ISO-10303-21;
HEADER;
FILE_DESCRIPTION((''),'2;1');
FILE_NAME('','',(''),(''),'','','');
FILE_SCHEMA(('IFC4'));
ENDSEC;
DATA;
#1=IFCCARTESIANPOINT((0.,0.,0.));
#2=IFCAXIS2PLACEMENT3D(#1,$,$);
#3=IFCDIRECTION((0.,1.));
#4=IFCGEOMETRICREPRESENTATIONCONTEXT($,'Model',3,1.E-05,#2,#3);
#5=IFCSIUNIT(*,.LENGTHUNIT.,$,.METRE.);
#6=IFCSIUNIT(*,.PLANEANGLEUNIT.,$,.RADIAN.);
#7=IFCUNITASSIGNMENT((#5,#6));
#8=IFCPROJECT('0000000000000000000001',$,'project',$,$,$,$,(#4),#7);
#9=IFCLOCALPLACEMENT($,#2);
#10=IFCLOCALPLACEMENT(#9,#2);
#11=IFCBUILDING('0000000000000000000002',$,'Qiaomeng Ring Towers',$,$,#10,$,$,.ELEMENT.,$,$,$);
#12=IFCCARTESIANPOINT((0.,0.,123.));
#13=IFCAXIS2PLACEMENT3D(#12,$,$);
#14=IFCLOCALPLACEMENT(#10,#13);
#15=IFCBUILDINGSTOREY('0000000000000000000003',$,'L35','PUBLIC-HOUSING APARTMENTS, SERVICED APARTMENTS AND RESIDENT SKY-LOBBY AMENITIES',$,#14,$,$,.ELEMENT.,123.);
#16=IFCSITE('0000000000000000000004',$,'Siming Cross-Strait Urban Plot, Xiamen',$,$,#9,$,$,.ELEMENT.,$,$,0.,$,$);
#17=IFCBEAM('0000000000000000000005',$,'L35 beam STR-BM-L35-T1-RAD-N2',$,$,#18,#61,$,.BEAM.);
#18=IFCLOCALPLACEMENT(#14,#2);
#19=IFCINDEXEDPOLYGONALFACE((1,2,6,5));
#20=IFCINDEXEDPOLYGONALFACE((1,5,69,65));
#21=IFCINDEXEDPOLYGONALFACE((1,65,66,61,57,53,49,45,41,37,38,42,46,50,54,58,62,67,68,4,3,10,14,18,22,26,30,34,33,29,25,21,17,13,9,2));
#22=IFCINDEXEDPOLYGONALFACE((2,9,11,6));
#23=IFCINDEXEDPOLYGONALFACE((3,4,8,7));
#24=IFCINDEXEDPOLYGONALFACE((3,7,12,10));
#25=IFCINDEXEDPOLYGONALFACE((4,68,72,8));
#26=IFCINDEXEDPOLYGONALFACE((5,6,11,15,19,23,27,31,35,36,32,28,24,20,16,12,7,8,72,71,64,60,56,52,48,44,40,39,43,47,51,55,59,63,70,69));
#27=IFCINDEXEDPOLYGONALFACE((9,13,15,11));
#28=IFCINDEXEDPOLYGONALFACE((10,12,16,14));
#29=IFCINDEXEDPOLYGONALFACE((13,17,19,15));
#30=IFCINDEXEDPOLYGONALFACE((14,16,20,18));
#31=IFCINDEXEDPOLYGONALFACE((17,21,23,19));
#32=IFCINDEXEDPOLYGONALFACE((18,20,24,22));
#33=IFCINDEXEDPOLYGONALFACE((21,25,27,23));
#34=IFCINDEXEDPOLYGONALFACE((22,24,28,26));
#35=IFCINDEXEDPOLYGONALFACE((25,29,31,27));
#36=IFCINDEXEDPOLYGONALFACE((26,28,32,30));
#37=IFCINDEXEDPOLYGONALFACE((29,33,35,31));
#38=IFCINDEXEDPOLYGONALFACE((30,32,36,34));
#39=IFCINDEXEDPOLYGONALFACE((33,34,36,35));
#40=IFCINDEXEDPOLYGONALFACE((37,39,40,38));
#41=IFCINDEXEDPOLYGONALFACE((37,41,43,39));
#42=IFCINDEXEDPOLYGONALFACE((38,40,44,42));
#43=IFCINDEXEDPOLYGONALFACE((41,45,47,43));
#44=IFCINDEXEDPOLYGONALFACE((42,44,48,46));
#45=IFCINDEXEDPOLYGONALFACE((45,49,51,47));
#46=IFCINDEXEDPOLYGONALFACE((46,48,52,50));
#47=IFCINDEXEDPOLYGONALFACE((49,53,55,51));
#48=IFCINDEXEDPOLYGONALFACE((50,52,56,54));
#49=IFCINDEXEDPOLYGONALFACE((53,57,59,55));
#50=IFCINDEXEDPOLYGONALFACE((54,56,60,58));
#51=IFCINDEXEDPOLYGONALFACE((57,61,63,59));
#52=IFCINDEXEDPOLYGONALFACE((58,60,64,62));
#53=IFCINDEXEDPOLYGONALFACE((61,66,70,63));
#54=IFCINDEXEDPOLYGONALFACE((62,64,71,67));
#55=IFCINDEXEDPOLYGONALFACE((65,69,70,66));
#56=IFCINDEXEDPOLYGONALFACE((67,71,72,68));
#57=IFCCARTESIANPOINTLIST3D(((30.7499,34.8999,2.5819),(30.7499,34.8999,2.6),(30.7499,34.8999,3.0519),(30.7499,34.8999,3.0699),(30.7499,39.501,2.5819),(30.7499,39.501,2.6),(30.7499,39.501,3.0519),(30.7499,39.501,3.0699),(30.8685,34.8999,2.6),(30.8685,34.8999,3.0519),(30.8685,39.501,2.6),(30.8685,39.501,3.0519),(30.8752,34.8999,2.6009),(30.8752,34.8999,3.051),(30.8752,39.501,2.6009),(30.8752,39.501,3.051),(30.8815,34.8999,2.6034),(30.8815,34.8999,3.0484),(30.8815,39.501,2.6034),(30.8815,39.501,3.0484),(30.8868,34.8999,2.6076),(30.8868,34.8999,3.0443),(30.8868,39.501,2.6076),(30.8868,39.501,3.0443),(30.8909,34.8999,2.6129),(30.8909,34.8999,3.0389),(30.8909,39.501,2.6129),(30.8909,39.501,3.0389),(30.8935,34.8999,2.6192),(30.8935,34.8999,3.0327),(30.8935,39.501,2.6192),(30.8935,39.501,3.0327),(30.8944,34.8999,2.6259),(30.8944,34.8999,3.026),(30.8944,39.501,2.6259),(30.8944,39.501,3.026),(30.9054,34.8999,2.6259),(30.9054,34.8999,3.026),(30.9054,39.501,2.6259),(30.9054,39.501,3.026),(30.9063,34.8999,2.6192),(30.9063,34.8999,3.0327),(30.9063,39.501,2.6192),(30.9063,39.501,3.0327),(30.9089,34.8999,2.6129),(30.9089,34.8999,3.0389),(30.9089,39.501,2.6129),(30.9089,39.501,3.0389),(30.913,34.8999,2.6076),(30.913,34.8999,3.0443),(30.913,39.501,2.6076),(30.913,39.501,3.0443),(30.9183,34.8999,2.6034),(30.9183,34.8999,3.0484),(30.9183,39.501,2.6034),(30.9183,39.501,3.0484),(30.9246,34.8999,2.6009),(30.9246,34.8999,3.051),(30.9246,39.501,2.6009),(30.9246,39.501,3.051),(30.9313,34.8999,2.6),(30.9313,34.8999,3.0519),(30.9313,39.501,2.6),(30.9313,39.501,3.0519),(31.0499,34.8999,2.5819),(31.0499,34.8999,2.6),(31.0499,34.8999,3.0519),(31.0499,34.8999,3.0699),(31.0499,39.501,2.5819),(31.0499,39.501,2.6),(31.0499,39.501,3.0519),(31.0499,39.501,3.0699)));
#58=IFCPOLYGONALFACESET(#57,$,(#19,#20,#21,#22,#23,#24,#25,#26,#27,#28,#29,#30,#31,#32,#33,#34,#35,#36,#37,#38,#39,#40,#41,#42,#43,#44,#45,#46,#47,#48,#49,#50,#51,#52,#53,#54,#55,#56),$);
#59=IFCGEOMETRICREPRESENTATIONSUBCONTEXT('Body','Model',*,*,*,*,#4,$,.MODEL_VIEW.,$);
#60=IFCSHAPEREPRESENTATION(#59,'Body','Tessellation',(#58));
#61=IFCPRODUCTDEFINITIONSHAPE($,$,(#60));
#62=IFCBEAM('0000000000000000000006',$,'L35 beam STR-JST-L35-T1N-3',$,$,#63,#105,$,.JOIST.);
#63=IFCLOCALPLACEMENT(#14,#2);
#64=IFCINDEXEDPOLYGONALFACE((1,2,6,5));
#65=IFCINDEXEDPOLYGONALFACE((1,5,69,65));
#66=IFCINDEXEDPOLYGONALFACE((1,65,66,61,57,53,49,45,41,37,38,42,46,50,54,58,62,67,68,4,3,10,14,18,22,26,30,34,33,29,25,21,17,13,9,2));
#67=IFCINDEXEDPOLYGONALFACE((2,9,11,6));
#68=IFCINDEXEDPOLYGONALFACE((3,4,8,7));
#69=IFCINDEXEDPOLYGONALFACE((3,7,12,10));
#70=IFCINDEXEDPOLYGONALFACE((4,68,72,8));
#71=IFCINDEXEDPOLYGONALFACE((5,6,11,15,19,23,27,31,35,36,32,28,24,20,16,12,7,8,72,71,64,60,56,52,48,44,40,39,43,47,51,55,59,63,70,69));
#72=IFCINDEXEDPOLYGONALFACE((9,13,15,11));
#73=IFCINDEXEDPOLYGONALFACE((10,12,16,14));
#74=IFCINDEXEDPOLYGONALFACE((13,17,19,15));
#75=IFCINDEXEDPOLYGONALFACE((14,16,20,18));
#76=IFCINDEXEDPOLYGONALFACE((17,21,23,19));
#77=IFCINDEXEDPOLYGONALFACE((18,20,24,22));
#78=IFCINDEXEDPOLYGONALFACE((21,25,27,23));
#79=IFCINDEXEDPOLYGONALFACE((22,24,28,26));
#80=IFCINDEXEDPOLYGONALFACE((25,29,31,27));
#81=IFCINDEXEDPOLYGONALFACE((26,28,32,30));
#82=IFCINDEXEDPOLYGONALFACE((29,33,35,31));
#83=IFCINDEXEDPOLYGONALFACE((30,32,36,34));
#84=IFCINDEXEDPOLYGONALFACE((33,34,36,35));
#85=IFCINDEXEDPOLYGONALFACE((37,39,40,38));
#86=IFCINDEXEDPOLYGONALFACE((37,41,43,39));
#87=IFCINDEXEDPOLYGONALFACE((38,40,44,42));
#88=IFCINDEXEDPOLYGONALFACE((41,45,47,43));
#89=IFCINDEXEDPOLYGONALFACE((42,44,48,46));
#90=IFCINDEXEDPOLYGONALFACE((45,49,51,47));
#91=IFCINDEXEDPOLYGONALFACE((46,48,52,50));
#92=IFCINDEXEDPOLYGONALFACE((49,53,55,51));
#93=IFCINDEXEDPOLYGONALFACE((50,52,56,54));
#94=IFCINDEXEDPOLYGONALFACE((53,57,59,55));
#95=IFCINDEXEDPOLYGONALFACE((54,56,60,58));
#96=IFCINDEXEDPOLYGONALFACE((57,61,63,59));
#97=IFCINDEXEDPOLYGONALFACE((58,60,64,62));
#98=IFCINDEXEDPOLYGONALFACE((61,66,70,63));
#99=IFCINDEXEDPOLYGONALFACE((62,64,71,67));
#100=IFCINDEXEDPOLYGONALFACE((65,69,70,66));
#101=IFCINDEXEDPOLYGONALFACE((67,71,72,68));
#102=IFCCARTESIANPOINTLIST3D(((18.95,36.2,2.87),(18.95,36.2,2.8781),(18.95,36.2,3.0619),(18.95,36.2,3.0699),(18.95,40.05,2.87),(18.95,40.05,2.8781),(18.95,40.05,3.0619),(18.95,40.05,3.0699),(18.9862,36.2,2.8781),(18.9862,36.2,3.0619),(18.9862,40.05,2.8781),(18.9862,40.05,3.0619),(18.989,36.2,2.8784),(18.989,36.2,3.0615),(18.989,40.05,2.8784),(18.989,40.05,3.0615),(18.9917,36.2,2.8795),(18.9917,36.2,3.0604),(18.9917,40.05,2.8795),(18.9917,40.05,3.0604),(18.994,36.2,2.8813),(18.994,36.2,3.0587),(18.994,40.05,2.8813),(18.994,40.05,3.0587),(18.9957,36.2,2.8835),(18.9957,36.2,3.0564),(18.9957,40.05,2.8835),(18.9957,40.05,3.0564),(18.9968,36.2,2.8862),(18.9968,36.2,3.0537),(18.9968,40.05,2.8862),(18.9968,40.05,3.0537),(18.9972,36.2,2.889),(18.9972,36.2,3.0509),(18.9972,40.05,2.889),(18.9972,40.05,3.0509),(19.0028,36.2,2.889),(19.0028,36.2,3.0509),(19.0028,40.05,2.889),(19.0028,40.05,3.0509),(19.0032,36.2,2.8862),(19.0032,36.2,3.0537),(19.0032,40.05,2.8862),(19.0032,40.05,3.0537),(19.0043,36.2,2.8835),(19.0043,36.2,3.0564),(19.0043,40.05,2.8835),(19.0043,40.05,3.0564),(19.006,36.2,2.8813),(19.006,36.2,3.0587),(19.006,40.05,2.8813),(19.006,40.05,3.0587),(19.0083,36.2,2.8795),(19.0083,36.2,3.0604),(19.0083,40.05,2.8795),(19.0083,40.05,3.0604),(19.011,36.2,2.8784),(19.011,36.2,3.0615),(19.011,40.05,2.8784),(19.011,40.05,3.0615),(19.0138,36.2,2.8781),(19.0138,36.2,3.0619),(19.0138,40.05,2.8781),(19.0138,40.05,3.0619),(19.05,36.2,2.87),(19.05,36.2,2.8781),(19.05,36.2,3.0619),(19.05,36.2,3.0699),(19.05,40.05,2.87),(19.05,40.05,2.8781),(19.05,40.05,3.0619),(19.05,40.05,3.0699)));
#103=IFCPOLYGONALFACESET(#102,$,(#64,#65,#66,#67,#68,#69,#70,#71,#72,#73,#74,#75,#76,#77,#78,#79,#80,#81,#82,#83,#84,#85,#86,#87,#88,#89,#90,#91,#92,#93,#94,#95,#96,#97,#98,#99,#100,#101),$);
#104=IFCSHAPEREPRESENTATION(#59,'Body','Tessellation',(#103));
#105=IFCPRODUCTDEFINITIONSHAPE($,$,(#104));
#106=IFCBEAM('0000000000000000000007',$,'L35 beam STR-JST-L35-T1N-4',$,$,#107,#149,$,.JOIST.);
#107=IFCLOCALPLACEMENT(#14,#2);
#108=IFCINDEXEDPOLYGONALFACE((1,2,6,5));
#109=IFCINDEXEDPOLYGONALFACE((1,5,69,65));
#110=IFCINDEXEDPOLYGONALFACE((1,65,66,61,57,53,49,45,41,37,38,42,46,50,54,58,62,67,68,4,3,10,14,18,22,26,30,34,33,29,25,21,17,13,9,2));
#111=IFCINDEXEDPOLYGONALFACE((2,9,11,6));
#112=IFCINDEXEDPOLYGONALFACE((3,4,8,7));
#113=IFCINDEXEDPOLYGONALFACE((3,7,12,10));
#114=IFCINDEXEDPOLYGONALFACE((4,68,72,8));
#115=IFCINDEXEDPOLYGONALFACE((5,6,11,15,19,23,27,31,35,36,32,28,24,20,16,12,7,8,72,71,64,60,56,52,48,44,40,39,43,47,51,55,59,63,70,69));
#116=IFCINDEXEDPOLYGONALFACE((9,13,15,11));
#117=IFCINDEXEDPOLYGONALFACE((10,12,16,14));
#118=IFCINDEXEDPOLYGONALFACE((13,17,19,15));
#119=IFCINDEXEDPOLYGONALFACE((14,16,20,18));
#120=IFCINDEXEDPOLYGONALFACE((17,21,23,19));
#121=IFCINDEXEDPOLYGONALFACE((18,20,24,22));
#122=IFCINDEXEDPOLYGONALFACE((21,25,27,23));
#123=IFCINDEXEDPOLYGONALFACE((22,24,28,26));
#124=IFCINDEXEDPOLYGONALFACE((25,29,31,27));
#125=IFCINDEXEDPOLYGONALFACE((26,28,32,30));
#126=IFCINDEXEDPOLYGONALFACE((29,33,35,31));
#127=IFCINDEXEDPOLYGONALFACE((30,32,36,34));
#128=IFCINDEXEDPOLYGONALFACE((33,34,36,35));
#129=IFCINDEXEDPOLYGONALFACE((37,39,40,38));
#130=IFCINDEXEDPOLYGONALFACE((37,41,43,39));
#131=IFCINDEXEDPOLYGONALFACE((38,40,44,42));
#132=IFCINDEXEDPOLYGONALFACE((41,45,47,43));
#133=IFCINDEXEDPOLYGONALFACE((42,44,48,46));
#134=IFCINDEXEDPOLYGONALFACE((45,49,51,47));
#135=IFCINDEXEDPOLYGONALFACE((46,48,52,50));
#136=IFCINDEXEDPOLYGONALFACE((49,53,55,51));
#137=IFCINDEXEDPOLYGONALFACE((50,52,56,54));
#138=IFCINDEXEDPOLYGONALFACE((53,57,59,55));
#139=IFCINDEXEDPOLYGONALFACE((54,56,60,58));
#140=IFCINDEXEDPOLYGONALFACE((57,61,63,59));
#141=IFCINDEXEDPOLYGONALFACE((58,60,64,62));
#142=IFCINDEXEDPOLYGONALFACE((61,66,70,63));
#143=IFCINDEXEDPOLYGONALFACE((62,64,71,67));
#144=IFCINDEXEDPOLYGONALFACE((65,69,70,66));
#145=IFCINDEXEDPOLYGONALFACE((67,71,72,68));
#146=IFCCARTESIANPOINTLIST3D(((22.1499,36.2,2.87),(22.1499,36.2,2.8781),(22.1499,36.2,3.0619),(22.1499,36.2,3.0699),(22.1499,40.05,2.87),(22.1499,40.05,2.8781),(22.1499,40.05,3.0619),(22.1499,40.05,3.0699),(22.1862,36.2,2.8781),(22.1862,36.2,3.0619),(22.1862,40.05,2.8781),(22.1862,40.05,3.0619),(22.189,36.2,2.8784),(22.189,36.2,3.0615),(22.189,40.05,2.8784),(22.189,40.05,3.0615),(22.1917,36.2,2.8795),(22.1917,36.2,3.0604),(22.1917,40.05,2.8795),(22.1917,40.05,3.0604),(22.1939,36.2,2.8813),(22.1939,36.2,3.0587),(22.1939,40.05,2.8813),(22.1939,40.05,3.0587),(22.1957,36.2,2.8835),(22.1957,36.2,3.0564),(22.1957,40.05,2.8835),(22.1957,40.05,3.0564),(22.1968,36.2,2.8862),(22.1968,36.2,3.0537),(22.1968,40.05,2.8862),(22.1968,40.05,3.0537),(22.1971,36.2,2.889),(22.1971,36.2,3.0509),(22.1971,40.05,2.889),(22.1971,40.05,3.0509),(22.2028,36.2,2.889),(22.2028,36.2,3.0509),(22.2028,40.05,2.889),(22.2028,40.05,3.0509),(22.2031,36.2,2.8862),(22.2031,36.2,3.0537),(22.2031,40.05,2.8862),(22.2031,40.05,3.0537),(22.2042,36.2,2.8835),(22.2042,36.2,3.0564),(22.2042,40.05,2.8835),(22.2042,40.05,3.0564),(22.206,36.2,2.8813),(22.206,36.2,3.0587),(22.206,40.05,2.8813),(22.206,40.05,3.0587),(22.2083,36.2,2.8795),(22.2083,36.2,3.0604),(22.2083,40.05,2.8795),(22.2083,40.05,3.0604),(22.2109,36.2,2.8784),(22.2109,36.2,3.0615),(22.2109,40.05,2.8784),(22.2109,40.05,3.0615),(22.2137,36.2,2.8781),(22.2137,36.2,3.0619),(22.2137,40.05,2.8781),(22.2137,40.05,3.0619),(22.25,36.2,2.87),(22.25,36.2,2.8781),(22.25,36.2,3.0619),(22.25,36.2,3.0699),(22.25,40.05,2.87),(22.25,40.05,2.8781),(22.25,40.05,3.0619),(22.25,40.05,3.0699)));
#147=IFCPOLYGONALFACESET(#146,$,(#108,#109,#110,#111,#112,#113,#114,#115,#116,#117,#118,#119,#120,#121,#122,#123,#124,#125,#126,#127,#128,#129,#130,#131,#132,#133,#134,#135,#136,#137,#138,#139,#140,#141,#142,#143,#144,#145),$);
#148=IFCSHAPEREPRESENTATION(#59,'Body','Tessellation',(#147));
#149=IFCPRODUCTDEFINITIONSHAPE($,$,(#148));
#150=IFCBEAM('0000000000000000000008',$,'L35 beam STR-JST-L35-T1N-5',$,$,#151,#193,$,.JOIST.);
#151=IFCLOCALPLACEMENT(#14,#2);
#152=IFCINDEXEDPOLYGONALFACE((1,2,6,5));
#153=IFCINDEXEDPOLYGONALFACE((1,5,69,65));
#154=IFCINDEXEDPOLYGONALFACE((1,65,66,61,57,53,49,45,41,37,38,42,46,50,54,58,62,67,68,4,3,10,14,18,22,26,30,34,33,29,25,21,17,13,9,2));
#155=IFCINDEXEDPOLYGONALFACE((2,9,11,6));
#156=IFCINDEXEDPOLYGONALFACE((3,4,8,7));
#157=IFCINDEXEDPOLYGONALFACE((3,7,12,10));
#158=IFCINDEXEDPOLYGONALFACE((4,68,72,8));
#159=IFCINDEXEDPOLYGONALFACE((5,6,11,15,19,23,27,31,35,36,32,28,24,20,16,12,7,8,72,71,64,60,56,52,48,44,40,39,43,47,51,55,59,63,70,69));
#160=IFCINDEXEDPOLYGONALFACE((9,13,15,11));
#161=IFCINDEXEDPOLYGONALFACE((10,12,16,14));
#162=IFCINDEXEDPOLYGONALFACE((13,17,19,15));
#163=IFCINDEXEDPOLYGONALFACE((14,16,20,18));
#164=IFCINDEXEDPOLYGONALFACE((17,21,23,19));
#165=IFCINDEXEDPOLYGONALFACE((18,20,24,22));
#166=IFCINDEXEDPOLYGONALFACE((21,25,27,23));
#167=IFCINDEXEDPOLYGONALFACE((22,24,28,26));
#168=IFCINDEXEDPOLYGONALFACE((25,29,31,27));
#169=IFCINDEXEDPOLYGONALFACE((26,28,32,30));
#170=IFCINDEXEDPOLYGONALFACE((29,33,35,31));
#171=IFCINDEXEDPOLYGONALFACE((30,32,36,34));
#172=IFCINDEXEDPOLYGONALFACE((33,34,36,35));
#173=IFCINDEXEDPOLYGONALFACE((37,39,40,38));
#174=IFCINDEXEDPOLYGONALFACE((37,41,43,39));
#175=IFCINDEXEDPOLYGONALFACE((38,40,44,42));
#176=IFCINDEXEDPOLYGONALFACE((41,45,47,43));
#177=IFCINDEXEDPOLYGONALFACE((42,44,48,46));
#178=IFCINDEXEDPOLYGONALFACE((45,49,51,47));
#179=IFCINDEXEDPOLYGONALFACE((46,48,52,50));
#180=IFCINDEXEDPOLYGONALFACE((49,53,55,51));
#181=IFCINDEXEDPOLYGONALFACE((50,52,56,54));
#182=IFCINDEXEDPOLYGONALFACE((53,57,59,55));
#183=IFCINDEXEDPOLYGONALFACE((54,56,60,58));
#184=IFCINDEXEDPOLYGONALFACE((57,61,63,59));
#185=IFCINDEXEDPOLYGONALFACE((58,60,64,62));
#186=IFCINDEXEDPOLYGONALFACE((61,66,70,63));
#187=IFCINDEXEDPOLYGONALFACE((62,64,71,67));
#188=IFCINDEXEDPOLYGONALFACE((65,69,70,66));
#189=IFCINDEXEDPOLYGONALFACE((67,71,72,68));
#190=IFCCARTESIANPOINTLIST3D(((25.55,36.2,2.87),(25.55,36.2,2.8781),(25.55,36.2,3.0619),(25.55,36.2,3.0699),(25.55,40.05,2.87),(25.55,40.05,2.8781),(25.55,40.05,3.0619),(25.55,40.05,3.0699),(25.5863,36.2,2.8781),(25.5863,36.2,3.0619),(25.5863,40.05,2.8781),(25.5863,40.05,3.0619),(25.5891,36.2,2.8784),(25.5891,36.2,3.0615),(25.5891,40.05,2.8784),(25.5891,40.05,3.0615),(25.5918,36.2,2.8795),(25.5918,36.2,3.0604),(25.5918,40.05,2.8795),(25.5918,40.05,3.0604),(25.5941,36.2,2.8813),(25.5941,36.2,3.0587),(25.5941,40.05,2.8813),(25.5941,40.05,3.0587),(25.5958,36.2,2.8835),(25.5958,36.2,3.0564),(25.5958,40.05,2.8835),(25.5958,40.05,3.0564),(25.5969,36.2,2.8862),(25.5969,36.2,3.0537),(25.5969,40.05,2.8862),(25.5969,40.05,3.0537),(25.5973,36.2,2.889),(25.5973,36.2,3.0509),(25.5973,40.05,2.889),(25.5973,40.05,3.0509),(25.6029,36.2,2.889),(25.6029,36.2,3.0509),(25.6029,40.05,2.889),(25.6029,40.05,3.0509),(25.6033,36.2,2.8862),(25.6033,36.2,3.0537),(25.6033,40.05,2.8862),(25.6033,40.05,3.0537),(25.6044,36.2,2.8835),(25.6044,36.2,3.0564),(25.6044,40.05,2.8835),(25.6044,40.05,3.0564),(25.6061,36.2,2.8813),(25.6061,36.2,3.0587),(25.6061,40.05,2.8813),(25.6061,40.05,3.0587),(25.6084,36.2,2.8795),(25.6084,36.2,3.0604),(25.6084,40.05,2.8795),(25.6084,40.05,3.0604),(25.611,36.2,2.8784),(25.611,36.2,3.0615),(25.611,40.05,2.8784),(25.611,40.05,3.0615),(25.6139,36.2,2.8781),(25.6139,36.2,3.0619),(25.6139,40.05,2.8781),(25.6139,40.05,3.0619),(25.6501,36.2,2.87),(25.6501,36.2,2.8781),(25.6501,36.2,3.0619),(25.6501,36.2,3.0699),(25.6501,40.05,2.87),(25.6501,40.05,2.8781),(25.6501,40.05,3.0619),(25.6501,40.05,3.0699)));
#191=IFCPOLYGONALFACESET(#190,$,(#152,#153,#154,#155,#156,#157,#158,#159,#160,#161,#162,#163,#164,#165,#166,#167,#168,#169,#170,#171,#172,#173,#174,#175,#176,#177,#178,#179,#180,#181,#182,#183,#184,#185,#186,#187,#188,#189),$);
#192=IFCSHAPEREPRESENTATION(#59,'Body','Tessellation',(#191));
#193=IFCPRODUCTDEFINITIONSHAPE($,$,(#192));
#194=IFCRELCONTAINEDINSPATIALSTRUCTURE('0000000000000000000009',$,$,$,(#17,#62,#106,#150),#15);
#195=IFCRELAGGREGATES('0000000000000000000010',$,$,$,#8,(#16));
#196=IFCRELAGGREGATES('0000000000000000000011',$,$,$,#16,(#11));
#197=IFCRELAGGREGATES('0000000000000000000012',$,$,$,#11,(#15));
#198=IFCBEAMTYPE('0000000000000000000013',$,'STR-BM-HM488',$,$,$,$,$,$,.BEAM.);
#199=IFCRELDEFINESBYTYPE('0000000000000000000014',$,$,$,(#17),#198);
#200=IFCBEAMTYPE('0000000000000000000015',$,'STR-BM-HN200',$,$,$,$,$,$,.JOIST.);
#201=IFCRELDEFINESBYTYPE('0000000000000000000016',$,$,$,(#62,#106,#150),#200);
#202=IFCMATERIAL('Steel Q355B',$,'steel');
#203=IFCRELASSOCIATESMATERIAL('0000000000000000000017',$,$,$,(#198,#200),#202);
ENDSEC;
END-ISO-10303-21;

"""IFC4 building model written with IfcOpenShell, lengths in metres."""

from ifc_helpers import new_model, si_unit, direction, frame, origin, origin_2d, place, context, subcontext, project, spatial, i_section, extrude, source, transform, mapped, material, material_profile, profile_set, type_object, element, save


model = new_model("IFC4")

# Units and contexts
model_context = context("Model", 3, precision=1e-05, world=origin(), true_north=direction((0.0, 1.0)))
body_context = subcontext(model_context, "Body", "Model", "MODEL_VIEW")
ifc_project = project(units=[si_unit("LENGTHUNIT", "METRE"), si_unit("PLANEANGLEUNIT", "RADIAN")], contexts=[model_context])

# Site, building, storey
site_placement = place(None, origin())
site = spatial("IfcSite", under=ifc_project, at=site_placement, Name="Siming Cross-Strait Urban Plot, Xiamen", CompositionType="ELEMENT", RefElevation=0.0)
building_placement = place(site_placement, origin())
building = spatial("IfcBuilding", under=site, at=building_placement, Name="Qiaomeng Ring Towers", CompositionType="ELEMENT")
storey_placement = place(building_placement, frame((0.0, 0.0, 123.0)))
storey = spatial("IfcBuildingStorey", under=building, at=storey_placement, Name="L35", Description="PUBLIC-HOUSING APARTMENTS, SERVICED APARTMENTS AND RESIDENT SKY-LOBBY AMENITIES", CompositionType="ELEMENT", Elevation=123.0)

# Beams
ifc_material_1 = material(Name="Steel Q355B", Category="steel")
ifc_material_profile_1 = material_profile(ifc_material_1, i_section(OverallWidth=0.3, OverallDepth=0.488, WebThickness=0.011, FlangeThickness=0.0181, FilletRadius=0.0259, at=origin_2d()), Name="HM 488x300x11x18")
ifc_profile_set_1 = profile_set([ifc_material_profile_1], Name="Steel Q355B")
beam_type_1 = type_object("IfcBeamType", Name="STR-BM-HM488", PredefinedType="BEAM", material=ifc_profile_set_1)
shared_shape_1 = source(origin(), body_context, "Body", "SweptSolid", [
    extrude(i_section(OverallWidth=0.3, OverallDepth=0.488, WebThickness=0.011, FlangeThickness=0.0181, FilletRadius=0.0259, at=origin_2d()), origin(), (0.0, 0.0, 1.0), 4.6011),
])
beam_1_placement = place(storey_placement, frame((30.8999, 39.501, 2.8259), z_axis=(0.0, -1.0, 0.0), x_axis=(1.0, 0.0, 0.0)))
element("IfcBeam", 1, at=beam_1_placement, inside=storey, type_object=beam_type_1, Name="L35 beam STR-BM-L35-T1-RAD-N2", PredefinedType="BEAM", context=body_context, shape_type="MappedRepresentation", body=[
    mapped(shared_shape_1, transform((0.0, 0.0, 0.0), x_axis=(1.0, 0.0, 0.0), y_axis=(0.0, 1.0, 0.0), z_axis=(0.0, 0.0, 1.0), scale=1.0)),
])
ifc_material_profile_2 = material_profile(ifc_material_1, i_section(OverallWidth=0.1001, OverallDepth=0.2, WebThickness=0.0056, FlangeThickness=0.0081, FilletRadius=0.011, at=origin_2d()), Name="HN 200x100x5.5x8")
ifc_profile_set_2 = profile_set([ifc_material_profile_2], Name="Steel Q355B")
beam_type_2 = type_object("IfcBeamType", Name="STR-BM-HN200", PredefinedType="JOIST", material=ifc_profile_set_2)
shared_shape_2 = source(origin(), body_context, "Body", "SweptSolid", [
    extrude(i_section(OverallWidth=0.1001, OverallDepth=0.2, WebThickness=0.0056, FlangeThickness=0.0081, FilletRadius=0.011, at=origin_2d()), origin(), (0.0, 0.0, 1.0), 3.8501),
])
for number, where, z_axis, x_axis, name in (
    (2, (19.0, 36.2, 2.97), (0.0, 1.0, 0.0), (-1.0, 0.0, 0.0), "L35 beam STR-JST-L35-T1N-3"),
    (3, (22.2, 36.2, 2.97), (0.0, 1.0, 0.0), (-1.0, 0.0, 0.0), "L35 beam STR-JST-L35-T1N-4"),
    (4, (25.6001, 36.2, 2.97), (0.0, 1.0, 0.0), (-1.0, 0.0, 0.0), "L35 beam STR-JST-L35-T1N-5"),
):
    element("IfcBeam", number, at=place(storey_placement, frame(where, z_axis=z_axis, x_axis=x_axis)), inside=storey, type_object=beam_type_2, Name=name, PredefinedType="JOIST", context=body_context, shape_type="MappedRepresentation", body=[
        mapped(shared_shape_2, transform((0.0, 0.0, 0.0), x_axis=(1.0, 0.0, 0.0), y_axis=(0.0, 1.0, 0.0), z_axis=(0.0, 0.0, 1.0), scale=1.0)),
    ])

save(model, "model.ifc")
